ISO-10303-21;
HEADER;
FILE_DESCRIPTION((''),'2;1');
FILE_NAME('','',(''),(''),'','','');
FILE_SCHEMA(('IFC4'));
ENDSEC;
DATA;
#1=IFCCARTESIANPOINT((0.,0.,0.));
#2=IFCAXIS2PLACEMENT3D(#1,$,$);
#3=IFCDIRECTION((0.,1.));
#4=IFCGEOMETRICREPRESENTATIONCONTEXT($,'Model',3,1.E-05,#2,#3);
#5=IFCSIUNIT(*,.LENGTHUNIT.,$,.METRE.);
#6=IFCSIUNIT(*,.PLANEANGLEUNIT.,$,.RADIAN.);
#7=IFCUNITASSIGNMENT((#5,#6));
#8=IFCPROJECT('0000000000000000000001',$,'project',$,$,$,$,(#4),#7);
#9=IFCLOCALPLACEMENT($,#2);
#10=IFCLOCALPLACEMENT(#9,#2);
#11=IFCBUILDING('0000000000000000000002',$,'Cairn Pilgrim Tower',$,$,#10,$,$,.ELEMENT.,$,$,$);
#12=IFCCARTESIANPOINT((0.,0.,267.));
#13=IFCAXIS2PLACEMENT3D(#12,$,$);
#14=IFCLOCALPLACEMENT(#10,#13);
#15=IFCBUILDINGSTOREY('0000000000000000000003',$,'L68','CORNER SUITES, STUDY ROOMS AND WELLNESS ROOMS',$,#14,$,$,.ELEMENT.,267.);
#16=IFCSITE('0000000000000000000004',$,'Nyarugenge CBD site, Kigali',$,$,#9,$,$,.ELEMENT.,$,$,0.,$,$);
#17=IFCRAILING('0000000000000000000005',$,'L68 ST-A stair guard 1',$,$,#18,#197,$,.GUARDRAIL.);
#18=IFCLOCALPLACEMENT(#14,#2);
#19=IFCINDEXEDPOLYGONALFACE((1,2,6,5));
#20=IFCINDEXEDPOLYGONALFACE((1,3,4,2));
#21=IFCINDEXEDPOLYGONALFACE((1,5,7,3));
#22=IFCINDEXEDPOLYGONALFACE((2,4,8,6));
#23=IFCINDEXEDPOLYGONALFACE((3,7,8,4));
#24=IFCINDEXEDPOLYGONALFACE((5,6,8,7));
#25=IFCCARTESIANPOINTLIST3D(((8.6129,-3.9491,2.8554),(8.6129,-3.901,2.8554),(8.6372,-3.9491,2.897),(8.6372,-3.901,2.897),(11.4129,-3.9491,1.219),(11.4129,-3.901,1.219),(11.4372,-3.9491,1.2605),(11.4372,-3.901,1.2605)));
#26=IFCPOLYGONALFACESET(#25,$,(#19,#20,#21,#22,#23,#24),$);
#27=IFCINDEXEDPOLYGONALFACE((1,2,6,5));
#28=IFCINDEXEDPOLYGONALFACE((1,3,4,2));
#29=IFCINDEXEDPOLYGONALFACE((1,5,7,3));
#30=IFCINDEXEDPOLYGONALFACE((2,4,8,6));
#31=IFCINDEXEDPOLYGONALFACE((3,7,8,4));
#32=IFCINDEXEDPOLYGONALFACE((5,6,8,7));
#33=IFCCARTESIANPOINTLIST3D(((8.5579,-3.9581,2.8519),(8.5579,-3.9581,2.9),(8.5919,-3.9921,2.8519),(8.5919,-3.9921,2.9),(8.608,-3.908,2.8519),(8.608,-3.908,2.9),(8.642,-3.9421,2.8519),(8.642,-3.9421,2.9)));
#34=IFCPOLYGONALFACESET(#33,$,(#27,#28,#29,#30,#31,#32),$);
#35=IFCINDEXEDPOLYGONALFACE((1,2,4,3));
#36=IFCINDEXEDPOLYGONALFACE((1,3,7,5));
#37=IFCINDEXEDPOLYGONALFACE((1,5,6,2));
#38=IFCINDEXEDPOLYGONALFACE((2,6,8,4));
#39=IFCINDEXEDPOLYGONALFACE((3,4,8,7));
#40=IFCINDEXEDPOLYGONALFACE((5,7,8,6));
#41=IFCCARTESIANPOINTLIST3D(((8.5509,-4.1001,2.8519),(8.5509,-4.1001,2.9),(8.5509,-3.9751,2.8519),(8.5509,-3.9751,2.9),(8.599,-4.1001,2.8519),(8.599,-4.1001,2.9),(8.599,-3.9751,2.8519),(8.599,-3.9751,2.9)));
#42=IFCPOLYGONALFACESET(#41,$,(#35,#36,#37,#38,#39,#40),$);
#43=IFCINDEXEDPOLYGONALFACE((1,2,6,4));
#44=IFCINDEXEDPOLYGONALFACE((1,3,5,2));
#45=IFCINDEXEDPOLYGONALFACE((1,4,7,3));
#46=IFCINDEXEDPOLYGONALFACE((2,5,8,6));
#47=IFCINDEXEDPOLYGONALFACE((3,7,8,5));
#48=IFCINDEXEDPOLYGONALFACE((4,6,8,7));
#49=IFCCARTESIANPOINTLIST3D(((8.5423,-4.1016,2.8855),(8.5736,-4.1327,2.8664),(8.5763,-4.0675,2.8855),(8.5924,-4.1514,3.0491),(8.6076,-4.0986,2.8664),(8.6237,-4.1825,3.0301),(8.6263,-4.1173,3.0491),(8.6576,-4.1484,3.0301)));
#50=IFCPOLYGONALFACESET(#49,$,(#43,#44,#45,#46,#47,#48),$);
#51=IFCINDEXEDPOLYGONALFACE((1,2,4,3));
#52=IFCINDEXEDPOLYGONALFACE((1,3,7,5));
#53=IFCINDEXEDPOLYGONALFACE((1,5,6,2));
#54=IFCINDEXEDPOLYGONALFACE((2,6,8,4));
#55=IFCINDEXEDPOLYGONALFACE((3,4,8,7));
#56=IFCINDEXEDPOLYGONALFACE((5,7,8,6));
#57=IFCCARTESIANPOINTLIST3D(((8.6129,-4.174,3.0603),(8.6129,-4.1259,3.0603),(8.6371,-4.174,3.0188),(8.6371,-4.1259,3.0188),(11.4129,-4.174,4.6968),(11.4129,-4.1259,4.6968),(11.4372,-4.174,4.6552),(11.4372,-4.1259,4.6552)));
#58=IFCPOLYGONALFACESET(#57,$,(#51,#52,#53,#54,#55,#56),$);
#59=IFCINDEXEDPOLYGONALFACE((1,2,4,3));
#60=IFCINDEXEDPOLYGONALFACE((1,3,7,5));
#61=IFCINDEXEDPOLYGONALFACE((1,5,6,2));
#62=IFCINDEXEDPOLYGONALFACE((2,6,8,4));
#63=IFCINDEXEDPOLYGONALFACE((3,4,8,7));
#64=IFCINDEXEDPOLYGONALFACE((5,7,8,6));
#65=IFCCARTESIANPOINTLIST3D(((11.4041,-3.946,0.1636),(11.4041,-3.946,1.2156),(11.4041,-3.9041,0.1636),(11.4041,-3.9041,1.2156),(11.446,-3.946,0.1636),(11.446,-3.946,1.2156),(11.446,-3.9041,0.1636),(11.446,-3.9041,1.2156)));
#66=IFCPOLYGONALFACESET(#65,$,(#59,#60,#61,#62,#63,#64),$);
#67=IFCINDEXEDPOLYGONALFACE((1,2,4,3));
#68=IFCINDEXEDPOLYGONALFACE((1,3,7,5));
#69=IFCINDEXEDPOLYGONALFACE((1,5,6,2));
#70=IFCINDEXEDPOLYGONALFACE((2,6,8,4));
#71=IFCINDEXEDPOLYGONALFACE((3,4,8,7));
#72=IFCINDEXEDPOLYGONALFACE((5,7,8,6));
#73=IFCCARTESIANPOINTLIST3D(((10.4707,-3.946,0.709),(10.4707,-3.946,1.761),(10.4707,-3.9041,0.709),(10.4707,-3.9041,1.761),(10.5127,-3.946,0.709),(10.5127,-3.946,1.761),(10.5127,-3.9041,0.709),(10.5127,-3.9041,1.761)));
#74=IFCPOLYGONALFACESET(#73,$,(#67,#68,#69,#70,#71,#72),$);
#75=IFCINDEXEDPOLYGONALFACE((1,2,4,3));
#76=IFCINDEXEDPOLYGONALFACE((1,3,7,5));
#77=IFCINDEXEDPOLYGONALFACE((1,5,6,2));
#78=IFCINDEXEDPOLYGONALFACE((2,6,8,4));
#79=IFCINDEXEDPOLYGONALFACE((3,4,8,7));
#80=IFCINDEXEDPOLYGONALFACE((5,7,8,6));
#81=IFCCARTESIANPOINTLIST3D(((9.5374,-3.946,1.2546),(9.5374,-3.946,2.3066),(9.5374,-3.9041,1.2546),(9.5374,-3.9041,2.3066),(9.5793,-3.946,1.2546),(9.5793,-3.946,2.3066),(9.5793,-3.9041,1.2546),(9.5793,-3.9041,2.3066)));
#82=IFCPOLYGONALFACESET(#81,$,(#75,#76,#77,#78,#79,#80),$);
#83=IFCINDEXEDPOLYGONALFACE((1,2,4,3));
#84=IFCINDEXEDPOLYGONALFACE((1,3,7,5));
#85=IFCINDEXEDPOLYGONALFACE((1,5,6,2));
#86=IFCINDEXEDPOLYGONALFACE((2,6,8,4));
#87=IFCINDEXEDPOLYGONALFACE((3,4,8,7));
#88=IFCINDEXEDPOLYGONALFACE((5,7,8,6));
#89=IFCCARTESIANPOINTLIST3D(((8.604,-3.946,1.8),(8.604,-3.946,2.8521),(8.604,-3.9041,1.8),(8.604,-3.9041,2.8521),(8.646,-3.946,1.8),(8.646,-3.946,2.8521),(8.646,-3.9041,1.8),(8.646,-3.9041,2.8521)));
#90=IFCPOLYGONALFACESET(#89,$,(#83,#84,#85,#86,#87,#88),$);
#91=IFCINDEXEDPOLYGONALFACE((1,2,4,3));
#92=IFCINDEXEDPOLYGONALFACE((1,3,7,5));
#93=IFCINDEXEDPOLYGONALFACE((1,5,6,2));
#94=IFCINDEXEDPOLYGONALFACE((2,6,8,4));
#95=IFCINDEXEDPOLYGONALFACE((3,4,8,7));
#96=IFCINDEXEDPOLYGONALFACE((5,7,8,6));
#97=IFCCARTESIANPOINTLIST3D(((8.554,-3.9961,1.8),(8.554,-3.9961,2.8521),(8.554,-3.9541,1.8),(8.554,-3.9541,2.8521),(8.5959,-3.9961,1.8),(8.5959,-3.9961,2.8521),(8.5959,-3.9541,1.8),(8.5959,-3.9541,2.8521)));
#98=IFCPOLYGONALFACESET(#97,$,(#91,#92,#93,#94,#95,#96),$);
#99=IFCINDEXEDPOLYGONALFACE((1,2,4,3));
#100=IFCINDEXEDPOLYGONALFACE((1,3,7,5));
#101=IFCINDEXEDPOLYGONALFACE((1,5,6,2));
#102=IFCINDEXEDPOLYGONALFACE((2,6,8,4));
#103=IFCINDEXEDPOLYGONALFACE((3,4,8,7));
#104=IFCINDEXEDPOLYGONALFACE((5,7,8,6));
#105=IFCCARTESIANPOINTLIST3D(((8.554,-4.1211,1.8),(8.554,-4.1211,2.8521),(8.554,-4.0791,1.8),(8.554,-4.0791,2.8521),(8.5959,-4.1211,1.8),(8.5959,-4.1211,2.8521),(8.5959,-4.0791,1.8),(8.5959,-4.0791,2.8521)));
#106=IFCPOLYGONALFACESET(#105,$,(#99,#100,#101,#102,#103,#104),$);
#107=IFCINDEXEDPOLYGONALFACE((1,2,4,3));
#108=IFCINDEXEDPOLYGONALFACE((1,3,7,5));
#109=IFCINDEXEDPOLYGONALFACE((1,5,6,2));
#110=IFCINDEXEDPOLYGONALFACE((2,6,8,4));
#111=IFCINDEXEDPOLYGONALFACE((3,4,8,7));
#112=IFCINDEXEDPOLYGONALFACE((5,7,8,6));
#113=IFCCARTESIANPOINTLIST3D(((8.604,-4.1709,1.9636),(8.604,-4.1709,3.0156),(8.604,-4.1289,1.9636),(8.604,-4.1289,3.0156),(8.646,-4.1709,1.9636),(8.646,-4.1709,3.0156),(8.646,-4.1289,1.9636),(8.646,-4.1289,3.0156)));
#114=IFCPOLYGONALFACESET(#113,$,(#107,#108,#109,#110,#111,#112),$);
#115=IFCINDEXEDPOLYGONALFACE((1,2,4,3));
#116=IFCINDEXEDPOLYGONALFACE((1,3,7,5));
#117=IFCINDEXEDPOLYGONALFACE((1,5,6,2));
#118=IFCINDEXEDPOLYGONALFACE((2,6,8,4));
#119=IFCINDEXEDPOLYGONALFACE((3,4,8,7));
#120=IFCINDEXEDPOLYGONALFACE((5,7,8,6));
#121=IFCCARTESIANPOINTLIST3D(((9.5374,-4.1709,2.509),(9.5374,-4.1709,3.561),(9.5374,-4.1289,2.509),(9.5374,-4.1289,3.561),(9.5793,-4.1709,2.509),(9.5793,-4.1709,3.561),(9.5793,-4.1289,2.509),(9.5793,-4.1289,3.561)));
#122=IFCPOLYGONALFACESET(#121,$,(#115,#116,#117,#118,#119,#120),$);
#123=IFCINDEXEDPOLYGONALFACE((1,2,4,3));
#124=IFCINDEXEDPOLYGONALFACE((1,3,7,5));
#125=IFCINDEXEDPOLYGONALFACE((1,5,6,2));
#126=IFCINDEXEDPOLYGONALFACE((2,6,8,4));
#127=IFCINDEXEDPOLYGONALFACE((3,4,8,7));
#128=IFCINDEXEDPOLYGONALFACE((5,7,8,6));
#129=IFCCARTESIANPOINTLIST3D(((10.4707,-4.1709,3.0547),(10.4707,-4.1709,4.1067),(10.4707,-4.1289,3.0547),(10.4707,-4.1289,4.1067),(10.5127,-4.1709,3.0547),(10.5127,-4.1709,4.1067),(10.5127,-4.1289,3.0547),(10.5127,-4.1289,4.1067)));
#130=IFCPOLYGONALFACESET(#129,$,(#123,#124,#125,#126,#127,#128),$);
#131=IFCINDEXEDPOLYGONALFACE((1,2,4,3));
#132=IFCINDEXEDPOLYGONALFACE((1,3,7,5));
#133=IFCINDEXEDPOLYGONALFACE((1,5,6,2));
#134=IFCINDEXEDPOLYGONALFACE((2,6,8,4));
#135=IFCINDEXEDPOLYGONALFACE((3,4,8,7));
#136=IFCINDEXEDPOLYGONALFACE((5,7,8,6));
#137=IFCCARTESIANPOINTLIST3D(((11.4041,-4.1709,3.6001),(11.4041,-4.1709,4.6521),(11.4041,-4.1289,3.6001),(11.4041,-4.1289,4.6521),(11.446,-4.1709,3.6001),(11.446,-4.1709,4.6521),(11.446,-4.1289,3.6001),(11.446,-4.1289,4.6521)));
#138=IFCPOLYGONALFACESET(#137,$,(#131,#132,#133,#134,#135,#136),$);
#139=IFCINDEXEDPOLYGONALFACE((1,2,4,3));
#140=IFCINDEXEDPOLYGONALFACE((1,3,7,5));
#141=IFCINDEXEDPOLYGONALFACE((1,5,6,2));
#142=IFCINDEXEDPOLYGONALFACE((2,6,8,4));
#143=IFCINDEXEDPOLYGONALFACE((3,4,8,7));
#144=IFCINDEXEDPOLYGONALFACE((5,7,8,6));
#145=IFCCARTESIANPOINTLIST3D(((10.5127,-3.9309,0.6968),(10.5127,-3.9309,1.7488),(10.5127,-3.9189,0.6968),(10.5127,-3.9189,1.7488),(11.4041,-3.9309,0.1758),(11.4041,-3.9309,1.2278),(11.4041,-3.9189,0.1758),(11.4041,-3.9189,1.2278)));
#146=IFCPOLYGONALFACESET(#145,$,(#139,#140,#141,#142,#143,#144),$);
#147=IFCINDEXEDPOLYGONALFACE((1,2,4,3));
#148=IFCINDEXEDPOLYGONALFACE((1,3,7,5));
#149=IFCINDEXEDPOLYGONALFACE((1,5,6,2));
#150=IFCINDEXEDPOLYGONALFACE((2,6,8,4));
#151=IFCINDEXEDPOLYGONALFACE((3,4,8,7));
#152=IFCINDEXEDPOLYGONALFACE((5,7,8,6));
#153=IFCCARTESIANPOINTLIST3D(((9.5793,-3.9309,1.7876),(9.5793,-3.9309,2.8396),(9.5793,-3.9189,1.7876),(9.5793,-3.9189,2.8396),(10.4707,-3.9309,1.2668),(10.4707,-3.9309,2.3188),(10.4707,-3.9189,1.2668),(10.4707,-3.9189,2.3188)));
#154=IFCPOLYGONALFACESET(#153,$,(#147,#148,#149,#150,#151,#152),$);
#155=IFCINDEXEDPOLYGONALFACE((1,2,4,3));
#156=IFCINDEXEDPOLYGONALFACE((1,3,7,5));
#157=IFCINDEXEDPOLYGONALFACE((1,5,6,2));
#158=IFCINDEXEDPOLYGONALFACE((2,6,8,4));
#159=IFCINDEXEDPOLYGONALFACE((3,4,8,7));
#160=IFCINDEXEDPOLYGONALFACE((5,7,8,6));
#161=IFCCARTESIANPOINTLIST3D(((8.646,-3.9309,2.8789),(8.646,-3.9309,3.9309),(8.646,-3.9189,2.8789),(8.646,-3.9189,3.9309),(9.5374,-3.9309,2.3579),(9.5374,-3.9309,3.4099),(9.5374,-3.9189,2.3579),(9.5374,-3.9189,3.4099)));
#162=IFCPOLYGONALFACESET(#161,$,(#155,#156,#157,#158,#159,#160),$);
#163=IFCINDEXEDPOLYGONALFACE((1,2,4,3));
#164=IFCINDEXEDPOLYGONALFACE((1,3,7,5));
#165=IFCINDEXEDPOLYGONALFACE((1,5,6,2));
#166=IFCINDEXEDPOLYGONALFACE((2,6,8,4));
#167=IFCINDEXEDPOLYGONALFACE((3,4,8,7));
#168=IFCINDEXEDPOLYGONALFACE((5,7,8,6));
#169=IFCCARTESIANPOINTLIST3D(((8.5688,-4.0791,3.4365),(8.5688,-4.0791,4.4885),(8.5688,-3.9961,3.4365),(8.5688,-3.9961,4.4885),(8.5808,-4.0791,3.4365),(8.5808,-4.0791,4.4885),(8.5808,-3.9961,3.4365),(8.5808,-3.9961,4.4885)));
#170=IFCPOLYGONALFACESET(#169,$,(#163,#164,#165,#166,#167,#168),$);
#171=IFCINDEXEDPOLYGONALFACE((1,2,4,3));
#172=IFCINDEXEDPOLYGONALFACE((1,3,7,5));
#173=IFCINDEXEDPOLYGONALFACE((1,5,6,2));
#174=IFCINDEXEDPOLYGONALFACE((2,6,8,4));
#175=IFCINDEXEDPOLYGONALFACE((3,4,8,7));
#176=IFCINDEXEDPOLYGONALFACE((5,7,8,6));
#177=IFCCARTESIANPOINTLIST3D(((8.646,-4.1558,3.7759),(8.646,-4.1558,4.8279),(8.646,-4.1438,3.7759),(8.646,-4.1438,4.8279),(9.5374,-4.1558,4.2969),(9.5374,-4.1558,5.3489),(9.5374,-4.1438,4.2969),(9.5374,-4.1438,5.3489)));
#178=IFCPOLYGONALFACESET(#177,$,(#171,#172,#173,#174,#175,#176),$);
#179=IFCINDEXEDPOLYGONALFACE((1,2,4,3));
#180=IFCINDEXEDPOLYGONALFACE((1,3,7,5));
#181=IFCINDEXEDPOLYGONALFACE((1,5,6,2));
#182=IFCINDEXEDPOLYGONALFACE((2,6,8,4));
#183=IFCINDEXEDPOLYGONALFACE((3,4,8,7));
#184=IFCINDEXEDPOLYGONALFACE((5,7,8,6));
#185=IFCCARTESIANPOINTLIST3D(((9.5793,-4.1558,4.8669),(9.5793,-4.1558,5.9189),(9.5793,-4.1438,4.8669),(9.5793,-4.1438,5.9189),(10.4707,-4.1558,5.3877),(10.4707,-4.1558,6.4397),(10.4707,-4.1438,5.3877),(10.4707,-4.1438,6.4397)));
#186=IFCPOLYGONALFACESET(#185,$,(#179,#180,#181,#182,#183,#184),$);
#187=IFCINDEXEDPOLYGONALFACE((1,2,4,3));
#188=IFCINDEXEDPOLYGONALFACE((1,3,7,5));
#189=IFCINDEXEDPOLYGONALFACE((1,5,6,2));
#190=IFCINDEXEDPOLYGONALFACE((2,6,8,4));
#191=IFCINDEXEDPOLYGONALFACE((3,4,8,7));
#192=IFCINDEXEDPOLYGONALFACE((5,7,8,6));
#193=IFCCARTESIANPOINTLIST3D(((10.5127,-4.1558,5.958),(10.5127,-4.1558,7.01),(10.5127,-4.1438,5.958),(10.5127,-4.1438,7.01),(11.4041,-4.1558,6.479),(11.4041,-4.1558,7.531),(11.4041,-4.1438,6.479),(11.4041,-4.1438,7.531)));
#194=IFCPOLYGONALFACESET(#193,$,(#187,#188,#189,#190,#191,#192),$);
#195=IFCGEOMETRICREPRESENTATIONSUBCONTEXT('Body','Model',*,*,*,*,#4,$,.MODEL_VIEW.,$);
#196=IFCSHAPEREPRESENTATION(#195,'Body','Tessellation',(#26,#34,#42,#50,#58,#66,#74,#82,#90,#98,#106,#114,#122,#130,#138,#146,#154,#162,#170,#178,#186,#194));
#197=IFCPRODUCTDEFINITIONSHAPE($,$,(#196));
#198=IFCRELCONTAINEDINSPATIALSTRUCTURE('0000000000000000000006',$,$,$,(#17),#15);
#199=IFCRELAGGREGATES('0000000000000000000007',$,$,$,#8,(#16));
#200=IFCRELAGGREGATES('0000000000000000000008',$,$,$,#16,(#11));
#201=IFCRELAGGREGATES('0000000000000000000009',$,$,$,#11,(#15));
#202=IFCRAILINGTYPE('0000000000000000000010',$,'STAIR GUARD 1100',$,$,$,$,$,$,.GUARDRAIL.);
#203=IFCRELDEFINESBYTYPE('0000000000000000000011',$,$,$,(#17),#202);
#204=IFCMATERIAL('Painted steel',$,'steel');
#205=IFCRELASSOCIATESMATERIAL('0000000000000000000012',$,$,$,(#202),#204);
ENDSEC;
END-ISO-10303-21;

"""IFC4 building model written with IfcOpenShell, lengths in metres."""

from ifc_helpers import new_model, si_unit, direction, frame, origin, origin_2d, place, context, subcontext, project, spatial, polyline, rectangle, outline, extrude, material, type_object, element, save


model = new_model("IFC4")

# Units and contexts
model_context = context("Model", 3, precision=1e-05, world=origin(), true_north=direction((0.0, 1.0)))
body_context = subcontext(model_context, "Body", "Model", "MODEL_VIEW")
ifc_project = project(units=[si_unit("LENGTHUNIT", "METRE"), si_unit("PLANEANGLEUNIT", "RADIAN")], contexts=[model_context])

# Site, building, storey
site_placement = place(None, origin())
site = spatial("IfcSite", under=ifc_project, at=site_placement, Name="Nyarugenge CBD site, Kigali", CompositionType="ELEMENT", RefElevation=0.0)
building_placement = place(site_placement, origin())
building = spatial("IfcBuilding", under=site, at=building_placement, Name="Cairn Pilgrim Tower", CompositionType="ELEMENT")
storey_placement = place(building_placement, frame((0.0, 0.0, 267.0)))
storey = spatial("IfcBuildingStorey", under=building, at=storey_placement, Name="L68", Description="CORNER SUITES, STUDY ROOMS AND WELLNESS ROOMS", CompositionType="ELEMENT", Elevation=267.0)

# Shared definitions
ifc_material_1 = material(Name="Painted steel", Category="steel")

# Railing
railing_type_1 = type_object("IfcRailingType", Name="STAIR GUARD 1100", PredefinedType="GUARDRAIL", material=ifc_material_1)
railing_1_placement = place(storey_placement, frame((11.425, -3.925, 0.1636)))
element("IfcRailing", 1, at=railing_1_placement, inside=storey, type_object=railing_type_1, Name="L68 ST-A stair guard 1", PredefinedType="GUARDRAIL", context=body_context, shape_type="SweptSolid", body=[
    extrude(rectangle(XDim=0.0481, YDim=0.0481, at=origin_2d()), frame((0.0, 0.0, 1.0762), z_axis=(-0.863361, 0.0, 0.504587), x_axis=(0.0, -1.0, 0.0)), (0.0, 0.0, 1.0), 3.2432),
    extrude(rectangle(XDim=0.0481, YDim=0.0481, at=origin_2d()), frame((-2.8, 0.0, 2.7124), z_axis=(-0.707107, -0.707107, 0.0), x_axis=(0.707107, -0.707107, 0.0)), (0.0, 0.0, 1.0), 0.0708),
    extrude(rectangle(XDim=0.0481, YDim=0.0481, at=origin_2d()), frame((-2.8501, -0.05, 2.7124), z_axis=(0.0, -1.0, 0.0), x_axis=(1.0, 0.0, 0.0)), (0.0, 0.0, 1.0), 0.125),
    extrude(rectangle(XDim=0.0481, YDim=0.0481, at=origin_2d()), frame((-2.8501, -0.175, 2.7124), z_axis=(0.280917, -0.279546, 0.918118), x_axis=(0.705376, 0.708834, 0.0)), (0.0, 0.0, 1.0), 0.1782),
    extrude(rectangle(XDim=0.0481, YDim=0.0481, at=origin_2d()), frame((-2.8, -0.2249, 2.876), z_axis=(0.863361, 0.0, 0.504587), x_axis=(0.0, 1.0, 0.0)), (0.0, 0.0, 1.0), 3.2432),
    extrude(rectangle(XDim=0.042, YDim=0.042, at=origin_2d()), origin(), (0.0, 0.0, 1.0), 1.052),
    extrude(rectangle(XDim=0.042, YDim=0.042, at=origin_2d()), frame((-0.9333, 0.0, 0.5454)), (0.0, 0.0, 1.0), 1.052),
    extrude(rectangle(XDim=0.042, YDim=0.042, at=origin_2d()), frame((-1.8667, 0.0, 1.0911)), (0.0, 0.0, 1.0), 1.052),
    extrude(rectangle(XDim=0.042, YDim=0.042, at=origin_2d()), frame((-2.8, 0.0, 1.6365)), (0.0, 0.0, 1.0), 1.052),
    extrude(rectangle(XDim=0.042, YDim=0.042, at=origin_2d()), frame((-2.8501, -0.05, 1.6365)), (0.0, 0.0, 1.0), 1.052),
    extrude(rectangle(XDim=0.042, YDim=0.042, at=origin_2d()), frame((-2.8501, -0.175, 1.6365)), (0.0, 0.0, 1.0), 1.052),
    extrude(rectangle(XDim=0.042, YDim=0.042, at=origin_2d()), frame((-2.8, -0.2249, 1.8)), (0.0, 0.0, 1.0), 1.052),
    extrude(rectangle(XDim=0.042, YDim=0.042, at=origin_2d()), frame((-1.8667, -0.2249, 2.3455)), (0.0, 0.0, 1.0), 1.052),
    extrude(rectangle(XDim=0.042, YDim=0.042, at=origin_2d()), frame((-0.9333, -0.2249, 2.8911)), (0.0, 0.0, 1.0), 1.052),
    extrude(rectangle(XDim=0.042, YDim=0.042, at=origin_2d()), frame((0.0, -0.2249, 3.4365)), (0.0, 0.0, 1.0), 1.052),
    extrude(outline(polyline([(0.021, 0.0122), (0.9124, 0.5332), (0.9124, 1.5852), (0.021, 1.0642), (0.021, 0.0122)])), frame((0.0, -0.0059, 0.0), z_axis=(0.0, 1.0, 0.0), x_axis=(-1.0, 0.0, 0.0)), (0.0, 0.0, 1.0), 0.012),
    extrude(outline(polyline([(0.021, 0.5579), (0.9124, 1.0786), (0.9124, 2.1306), (0.021, 1.6099), (0.021, 0.5579)])), frame((-0.9333, -0.0059, 0.5454), z_axis=(0.0, 1.0, 0.0), x_axis=(-1.0, 0.0, 0.0)), (0.0, 0.0, 1.0), 0.012),
    extrude(outline(polyline([(0.021, 1.1033), (0.9124, 1.6243), (0.9124, 2.6763), (0.021, 2.1553), (0.021, 1.1033)])), frame((-1.8667, -0.0059, 1.0911), z_axis=(0.0, 1.0, 0.0), x_axis=(-1.0, 0.0, 0.0)), (0.0, 0.0, 1.0), 0.012),
    extrude(outline(polyline([(0.021, 1.6365), (0.104, 1.6365), (0.104, 2.6885), (0.021, 2.6885), (0.021, 1.6365)])), frame((-2.8442, -0.05, 1.6365), z_axis=(-1.0, 0.0, 0.0), x_axis=(0.0, -1.0, 0.0)), (0.0, 0.0, 1.0), 0.012),
    extrude(outline(polyline([(0.021, 1.8123), (0.9124, 2.3333), (0.9124, 3.3853), (0.021, 2.8643), (0.021, 1.8123)])), frame((-2.8, -0.2188, 1.8), z_axis=(0.0, -1.0, 0.0), x_axis=(1.0, 0.0, 0.0)), (0.0, 0.0, 1.0), 0.012),
    extrude(outline(polyline([(0.021, 2.3579), (0.9124, 2.8787), (0.9124, 3.9307), (0.021, 3.4099), (0.021, 2.3579)])), frame((-1.8667, -0.2188, 2.3455), z_axis=(0.0, -1.0, 0.0), x_axis=(1.0, 0.0, 0.0)), (0.0, 0.0, 1.0), 0.012),
    extrude(outline(polyline([(0.021, 2.9033), (0.9124, 3.4243), (0.9124, 4.4763), (0.021, 3.9553), (0.021, 2.9033)])), frame((-0.9333, -0.2188, 2.8911), z_axis=(0.0, -1.0, 0.0), x_axis=(1.0, 0.0, 0.0)), (0.0, 0.0, 1.0), 0.012),
])

save(model, "model.ifc")
